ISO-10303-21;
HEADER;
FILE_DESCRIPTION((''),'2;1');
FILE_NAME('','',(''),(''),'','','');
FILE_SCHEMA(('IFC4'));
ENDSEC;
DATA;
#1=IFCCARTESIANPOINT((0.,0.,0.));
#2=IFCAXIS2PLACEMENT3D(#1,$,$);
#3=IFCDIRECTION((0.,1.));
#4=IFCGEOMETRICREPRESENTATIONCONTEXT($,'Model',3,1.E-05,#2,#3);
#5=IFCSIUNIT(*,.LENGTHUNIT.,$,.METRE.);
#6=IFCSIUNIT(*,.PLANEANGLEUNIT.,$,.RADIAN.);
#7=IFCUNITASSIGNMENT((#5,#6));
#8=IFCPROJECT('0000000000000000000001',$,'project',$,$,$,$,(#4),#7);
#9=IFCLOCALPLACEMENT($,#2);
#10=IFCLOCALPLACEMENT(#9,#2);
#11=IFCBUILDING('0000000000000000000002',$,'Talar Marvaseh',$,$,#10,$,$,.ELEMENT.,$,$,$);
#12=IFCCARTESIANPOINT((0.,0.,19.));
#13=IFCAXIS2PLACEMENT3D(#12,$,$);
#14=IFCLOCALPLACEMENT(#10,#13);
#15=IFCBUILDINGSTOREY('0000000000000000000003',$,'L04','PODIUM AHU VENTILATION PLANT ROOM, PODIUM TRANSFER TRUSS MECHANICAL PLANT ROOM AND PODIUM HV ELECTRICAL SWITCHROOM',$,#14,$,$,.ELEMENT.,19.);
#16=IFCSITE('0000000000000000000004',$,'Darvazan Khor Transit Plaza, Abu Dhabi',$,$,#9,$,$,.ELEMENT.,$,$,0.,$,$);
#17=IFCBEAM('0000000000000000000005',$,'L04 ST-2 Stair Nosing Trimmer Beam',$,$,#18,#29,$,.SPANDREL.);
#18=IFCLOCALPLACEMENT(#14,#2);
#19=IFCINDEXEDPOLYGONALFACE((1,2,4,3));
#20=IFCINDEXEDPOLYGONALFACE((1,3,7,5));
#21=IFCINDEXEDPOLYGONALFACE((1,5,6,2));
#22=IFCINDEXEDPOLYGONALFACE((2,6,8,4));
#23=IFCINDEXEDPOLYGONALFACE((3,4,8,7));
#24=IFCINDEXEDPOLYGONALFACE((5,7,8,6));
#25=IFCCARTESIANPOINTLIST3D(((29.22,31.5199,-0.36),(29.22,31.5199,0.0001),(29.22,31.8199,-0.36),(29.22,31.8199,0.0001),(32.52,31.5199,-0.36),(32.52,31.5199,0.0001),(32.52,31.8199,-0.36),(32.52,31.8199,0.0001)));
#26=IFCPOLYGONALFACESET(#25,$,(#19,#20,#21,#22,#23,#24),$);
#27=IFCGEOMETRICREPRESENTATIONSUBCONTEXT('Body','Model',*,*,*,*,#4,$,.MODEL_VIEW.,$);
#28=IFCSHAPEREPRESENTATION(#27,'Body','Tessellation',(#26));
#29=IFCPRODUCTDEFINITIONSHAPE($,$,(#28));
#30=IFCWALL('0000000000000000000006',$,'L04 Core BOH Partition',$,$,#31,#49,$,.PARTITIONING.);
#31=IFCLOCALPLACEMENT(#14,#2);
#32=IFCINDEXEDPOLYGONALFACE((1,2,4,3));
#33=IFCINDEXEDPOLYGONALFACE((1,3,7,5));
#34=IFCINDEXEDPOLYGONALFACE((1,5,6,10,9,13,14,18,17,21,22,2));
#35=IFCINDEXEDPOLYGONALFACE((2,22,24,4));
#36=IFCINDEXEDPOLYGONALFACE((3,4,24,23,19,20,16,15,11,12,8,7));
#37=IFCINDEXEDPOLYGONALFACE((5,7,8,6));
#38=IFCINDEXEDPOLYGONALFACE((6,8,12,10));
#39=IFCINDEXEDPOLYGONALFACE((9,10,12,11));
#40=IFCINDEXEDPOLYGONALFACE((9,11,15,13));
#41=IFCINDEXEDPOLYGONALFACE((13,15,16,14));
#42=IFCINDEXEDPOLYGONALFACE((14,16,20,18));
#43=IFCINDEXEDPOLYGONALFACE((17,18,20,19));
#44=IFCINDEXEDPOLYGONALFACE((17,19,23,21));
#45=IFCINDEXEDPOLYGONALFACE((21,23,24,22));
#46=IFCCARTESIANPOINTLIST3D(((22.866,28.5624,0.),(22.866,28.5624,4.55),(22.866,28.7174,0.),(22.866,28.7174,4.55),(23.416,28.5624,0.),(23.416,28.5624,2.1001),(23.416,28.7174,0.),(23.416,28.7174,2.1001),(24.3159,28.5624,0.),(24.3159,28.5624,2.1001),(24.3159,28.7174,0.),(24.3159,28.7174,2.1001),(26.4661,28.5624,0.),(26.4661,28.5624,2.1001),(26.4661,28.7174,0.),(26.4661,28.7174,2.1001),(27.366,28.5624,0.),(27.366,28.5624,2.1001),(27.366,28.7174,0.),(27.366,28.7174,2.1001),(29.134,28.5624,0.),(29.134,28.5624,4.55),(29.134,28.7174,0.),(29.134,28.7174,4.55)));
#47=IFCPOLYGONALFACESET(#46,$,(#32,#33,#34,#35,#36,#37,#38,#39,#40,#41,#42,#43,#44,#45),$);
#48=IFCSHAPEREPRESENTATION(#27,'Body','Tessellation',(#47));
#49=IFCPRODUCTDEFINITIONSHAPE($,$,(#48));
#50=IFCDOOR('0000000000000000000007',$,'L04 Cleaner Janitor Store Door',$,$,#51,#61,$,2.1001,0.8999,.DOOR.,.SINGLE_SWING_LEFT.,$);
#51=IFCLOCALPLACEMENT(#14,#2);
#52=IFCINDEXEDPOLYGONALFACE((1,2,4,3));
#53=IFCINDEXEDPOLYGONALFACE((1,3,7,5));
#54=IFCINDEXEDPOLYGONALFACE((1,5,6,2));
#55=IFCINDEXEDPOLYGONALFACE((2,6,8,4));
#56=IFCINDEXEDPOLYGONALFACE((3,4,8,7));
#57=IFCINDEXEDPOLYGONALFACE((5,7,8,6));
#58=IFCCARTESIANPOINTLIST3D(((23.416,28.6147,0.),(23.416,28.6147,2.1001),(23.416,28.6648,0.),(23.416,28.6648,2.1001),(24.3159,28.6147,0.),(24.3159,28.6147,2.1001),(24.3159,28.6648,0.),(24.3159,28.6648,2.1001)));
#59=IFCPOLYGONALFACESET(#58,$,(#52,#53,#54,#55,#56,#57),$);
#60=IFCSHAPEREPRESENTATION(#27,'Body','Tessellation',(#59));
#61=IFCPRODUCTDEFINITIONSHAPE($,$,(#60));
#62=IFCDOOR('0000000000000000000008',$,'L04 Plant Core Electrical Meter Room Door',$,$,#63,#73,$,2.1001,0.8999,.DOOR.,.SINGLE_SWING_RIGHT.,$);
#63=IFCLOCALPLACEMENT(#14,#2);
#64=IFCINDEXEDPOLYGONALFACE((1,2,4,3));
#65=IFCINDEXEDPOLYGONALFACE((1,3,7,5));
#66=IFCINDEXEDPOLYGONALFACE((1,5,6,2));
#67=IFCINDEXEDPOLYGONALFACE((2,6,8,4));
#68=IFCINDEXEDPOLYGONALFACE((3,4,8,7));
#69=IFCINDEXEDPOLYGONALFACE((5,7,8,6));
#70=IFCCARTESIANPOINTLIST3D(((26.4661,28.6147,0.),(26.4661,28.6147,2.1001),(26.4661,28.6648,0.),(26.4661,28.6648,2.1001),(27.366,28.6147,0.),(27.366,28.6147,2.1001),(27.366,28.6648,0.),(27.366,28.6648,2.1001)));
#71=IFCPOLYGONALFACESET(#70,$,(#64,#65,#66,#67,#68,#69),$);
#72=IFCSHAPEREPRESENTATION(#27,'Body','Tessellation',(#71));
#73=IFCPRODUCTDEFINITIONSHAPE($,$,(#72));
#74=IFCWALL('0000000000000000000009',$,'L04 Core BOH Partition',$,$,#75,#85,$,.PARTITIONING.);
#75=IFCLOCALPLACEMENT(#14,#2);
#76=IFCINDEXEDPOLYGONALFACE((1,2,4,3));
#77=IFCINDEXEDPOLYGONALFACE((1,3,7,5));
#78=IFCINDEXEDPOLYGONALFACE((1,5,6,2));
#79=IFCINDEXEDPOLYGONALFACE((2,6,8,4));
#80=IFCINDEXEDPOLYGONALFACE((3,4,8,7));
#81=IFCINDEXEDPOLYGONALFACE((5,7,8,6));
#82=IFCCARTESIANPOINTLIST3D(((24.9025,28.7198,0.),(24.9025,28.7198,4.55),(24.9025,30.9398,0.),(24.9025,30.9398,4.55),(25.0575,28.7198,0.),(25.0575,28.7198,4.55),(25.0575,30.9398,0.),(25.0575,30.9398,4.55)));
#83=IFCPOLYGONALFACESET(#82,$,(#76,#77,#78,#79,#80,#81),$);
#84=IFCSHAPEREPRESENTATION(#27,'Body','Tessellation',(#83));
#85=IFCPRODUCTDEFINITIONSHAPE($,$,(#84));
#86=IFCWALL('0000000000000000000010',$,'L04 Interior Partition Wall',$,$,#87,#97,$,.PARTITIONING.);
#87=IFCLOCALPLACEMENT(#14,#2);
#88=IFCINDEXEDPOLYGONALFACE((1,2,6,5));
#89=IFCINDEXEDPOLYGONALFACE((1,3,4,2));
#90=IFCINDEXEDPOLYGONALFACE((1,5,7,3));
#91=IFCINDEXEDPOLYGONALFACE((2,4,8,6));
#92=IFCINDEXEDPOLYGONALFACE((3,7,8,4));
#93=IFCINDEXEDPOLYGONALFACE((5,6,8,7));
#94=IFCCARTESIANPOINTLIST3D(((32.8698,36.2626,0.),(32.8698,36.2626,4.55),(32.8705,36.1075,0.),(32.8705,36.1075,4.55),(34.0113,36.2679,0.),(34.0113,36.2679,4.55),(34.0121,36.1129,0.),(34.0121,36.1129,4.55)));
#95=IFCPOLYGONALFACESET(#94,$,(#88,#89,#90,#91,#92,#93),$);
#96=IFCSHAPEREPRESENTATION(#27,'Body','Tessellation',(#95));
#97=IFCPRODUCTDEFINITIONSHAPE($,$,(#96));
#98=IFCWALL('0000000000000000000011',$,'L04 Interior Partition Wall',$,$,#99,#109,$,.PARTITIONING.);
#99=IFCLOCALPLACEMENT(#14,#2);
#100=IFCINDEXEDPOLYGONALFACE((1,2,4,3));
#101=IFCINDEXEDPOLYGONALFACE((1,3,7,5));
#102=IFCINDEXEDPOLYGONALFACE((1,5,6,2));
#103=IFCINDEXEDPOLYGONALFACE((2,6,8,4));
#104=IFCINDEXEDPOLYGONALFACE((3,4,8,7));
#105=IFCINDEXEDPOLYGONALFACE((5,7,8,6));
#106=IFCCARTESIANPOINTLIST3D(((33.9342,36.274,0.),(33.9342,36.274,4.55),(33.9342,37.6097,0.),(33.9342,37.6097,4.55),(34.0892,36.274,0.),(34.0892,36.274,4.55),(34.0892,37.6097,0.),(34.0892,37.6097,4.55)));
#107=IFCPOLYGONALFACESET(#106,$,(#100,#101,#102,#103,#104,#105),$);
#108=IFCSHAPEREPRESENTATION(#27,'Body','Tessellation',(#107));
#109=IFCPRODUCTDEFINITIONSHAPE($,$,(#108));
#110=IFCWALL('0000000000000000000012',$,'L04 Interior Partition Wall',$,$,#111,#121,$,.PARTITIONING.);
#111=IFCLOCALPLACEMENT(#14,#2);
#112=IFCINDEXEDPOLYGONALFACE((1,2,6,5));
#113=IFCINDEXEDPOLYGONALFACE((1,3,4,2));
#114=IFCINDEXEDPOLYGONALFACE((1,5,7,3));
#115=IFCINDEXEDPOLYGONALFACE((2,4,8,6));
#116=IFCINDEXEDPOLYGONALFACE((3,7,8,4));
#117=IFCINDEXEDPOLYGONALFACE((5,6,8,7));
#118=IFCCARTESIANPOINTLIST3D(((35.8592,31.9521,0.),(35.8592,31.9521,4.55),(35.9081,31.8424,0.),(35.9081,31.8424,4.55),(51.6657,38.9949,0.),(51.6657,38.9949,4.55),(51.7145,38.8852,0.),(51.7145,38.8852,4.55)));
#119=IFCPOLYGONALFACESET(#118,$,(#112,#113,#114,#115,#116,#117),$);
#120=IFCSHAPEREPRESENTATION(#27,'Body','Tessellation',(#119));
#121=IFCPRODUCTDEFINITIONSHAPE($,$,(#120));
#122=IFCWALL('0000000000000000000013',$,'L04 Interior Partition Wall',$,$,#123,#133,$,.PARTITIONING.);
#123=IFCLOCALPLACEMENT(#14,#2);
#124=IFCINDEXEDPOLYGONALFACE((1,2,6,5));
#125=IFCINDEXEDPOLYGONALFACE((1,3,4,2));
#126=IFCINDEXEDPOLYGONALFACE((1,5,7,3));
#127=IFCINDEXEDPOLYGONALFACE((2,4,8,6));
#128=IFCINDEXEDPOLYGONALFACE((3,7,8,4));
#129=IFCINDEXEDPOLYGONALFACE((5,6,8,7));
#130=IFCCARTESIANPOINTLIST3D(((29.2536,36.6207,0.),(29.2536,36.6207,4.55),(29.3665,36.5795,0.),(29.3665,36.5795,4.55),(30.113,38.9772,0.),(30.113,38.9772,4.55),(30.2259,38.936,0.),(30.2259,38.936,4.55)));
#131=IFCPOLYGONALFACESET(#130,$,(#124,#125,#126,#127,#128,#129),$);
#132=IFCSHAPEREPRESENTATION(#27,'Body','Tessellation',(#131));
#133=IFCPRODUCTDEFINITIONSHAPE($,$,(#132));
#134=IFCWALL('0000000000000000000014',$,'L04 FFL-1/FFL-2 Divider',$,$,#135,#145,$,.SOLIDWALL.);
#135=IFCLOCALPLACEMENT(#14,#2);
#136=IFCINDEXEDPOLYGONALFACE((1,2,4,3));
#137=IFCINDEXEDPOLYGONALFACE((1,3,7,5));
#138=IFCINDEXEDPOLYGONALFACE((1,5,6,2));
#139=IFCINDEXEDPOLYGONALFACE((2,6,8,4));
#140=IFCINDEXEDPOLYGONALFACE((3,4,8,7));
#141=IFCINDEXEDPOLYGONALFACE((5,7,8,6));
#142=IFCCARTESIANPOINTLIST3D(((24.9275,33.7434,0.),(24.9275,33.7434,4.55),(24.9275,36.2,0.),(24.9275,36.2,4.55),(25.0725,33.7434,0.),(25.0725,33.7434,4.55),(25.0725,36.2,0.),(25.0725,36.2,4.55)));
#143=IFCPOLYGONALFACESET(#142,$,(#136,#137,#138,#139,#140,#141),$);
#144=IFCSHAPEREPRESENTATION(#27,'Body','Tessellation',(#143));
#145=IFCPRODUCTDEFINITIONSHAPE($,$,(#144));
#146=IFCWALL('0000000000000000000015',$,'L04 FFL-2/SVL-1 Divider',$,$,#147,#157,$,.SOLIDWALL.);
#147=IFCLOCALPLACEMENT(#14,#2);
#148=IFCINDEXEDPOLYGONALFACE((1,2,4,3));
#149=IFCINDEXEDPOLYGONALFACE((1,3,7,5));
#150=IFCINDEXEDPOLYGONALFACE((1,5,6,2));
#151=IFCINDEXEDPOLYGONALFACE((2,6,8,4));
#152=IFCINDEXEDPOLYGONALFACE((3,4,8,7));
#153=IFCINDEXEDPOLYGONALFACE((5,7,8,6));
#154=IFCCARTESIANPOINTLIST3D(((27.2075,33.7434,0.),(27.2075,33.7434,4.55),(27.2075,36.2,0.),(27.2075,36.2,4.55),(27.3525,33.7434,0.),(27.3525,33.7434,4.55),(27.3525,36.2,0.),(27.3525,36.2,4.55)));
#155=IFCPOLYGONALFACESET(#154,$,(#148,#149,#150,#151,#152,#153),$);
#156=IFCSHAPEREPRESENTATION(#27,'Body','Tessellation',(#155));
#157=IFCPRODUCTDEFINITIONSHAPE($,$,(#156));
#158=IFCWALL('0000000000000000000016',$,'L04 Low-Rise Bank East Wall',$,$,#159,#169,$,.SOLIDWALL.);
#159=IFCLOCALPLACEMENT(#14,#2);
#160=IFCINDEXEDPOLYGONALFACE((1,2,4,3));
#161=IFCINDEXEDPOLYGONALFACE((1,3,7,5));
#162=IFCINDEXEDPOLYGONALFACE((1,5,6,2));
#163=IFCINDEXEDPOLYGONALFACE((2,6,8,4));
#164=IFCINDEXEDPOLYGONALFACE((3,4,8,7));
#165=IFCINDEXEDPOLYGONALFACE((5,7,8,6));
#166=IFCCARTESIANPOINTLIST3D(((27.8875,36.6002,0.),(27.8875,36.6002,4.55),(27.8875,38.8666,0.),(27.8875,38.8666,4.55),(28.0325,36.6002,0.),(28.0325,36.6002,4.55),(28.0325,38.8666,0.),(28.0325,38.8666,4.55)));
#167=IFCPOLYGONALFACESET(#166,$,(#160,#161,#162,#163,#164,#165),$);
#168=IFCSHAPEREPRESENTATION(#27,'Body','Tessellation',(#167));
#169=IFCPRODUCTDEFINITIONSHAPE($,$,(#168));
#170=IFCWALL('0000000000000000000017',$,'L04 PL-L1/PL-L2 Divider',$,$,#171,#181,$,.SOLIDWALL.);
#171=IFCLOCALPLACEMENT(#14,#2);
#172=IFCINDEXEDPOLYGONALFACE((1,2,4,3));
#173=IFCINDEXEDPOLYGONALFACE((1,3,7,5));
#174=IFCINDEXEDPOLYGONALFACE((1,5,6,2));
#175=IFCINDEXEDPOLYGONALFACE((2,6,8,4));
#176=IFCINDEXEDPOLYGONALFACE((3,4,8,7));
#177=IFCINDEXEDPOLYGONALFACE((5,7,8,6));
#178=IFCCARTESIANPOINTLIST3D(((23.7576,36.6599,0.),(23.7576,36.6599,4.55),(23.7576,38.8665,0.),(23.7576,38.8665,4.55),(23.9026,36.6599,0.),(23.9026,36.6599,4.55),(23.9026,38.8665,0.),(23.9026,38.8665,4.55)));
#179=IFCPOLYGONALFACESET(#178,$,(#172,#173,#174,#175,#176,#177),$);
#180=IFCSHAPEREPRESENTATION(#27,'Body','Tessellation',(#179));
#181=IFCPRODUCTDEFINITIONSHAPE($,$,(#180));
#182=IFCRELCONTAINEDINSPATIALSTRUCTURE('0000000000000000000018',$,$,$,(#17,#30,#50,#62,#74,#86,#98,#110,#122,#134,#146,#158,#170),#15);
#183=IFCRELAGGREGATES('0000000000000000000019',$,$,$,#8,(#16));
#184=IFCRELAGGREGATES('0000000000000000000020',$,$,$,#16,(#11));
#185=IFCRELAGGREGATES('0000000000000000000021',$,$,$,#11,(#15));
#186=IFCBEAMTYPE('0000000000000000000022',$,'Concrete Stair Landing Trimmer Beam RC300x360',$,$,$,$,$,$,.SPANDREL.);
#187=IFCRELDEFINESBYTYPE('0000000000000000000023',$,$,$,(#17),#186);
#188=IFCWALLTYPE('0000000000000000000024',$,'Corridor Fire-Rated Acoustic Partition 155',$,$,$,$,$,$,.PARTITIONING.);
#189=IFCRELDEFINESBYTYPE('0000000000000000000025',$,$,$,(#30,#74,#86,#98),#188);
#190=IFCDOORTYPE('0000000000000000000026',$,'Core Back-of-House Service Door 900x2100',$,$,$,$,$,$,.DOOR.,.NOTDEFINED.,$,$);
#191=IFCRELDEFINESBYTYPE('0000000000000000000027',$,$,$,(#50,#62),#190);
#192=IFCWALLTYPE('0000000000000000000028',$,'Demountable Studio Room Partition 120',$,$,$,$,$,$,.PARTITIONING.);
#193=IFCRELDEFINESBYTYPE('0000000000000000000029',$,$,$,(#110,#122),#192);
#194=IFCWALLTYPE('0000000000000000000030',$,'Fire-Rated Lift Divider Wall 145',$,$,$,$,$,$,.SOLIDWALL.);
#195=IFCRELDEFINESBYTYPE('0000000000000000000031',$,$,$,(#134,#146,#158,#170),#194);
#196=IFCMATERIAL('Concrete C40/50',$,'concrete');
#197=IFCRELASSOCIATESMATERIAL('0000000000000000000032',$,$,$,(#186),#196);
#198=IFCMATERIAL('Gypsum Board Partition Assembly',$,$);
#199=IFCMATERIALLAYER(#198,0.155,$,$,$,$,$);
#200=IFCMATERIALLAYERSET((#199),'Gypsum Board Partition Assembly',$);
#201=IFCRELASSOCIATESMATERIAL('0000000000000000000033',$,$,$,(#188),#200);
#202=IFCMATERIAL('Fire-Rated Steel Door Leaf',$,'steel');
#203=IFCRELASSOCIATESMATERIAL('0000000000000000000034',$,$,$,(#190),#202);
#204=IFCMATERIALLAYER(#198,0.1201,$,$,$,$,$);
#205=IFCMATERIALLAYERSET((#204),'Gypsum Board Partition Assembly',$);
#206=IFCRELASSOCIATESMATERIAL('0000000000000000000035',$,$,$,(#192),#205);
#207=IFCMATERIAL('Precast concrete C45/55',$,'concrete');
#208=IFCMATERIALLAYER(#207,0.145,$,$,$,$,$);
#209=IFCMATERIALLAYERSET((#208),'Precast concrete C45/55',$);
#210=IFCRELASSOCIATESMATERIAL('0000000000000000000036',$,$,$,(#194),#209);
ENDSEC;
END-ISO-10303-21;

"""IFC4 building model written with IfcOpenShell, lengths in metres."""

from ifc_helpers import new_model, si_unit, direction, frame, frame_2d, origin, origin_2d, place, context, subcontext, project, spatial, rectangle, extrude, source, transform, mapped, material, layer, layer_set, material_profile, profile_set, type_object, type_shapes, element, fill, save


model = new_model("IFC4")

# Units and contexts
model_context = context("Model", 3, precision=1e-05, world=origin(), true_north=direction((0.0, 1.0)))
body_context = subcontext(model_context, "Body", "Model", "MODEL_VIEW")
ifc_project = project(units=[si_unit("LENGTHUNIT", "METRE"), si_unit("PLANEANGLEUNIT", "RADIAN")], contexts=[model_context])

# Site, building, storey
site_placement = place(None, origin())
site = spatial("IfcSite", under=ifc_project, at=site_placement, Name="Darvazan Khor Transit Plaza, Abu Dhabi", CompositionType="ELEMENT", RefElevation=0.0)
building_placement = place(site_placement, origin())
building = spatial("IfcBuilding", under=site, at=building_placement, Name="Talar Marvaseh", CompositionType="ELEMENT")
storey_placement = place(building_placement, frame((0.0, 0.0, 19.0)))
storey = spatial("IfcBuildingStorey", under=building, at=storey_placement, Name="L04", Description="PODIUM AHU VENTILATION PLANT ROOM, PODIUM TRANSFER TRUSS MECHANICAL PLANT ROOM AND PODIUM HV ELECTRICAL SWITCHROOM", CompositionType="ELEMENT", Elevation=19.0)

# Beam
ifc_material_1 = material(Name="Concrete C40/50", Category="concrete")
ifc_material_profile = material_profile(ifc_material_1, rectangle(XDim=0.3, YDim=0.3601, at=origin_2d()), Name="RC300x360")
ifc_profile_set = profile_set([ifc_material_profile], Name="Concrete C40/50")
beam_type = type_object("IfcBeamType", Name="Concrete Stair Landing Trimmer Beam RC300x360", PredefinedType="SPANDREL", material=ifc_profile_set)
beam_placement = place(storey_placement, frame((29.22, 31.6699, -0.1799), z_axis=(1.0, 0.0, 0.0), x_axis=(0.0, 1.0, 0.0)))
element("IfcBeam", 1, at=beam_placement, inside=storey, type_object=beam_type, Name="L04 ST-2 Stair Nosing Trimmer Beam", PredefinedType="SPANDREL", context=body_context, shape_type="SweptSolid", body=[
    extrude(rectangle(XDim=0.3, YDim=0.3601, at=origin_2d()), origin(), (0.0, 0.0, 1.0), 3.3),
])

# Wall, openings, doors
ifc_material_2 = material(Name="Gypsum Board Partition Assembly")
ifc_layer_1 = layer(ifc_material_2, 0.155)
ifc_layer_set_1 = layer_set([ifc_layer_1], Name="Gypsum Board Partition Assembly")
wall_type_1 = type_object("IfcWallType", Name="Corridor Fire-Rated Acoustic Partition 155", PredefinedType="PARTITIONING", material=ifc_layer_set_1)
wall_1_placement = place(storey_placement, frame((22.866, 28.6399, 0.0), z_axis=(0.0, 0.0, 1.0), x_axis=(1.0, 0.0, 0.0)))
wall_1 = element("IfcWall", 2, at=wall_1_placement, inside=storey, type_object=wall_type_1, Name="L04 Core BOH Partition", PredefinedType="PARTITIONING", context=body_context, shape_type="SweptSolid", body=[
    extrude(rectangle(XDim=6.2681, YDim=0.155, at=frame_2d((3.134, 0.0))), origin(), (0.0, 0.0, 1.0), 4.55),
])
opening_1_placement = place(wall_1_placement, frame((0.55, 0.0, 0.0)))
opening_1 = element("IfcOpeningElement", 3, at=opening_1_placement, cuts=wall_1, PredefinedType="OPENING", context=body_context, shape_type="SweptSolid", body=[
    extrude(rectangle(XDim=0.8999, YDim=2.1001, at=frame_2d((0.45, 1.05))), frame((0.0, 0.0874, 0.0), z_axis=(0.0, -1.0, 0.0), x_axis=(1.0, 0.0, 0.0)), (0.0, 0.0, 1.0), 0.175),
])
opening_2_placement = place(wall_1_placement, frame((3.6001, 0.0, 0.0)))
opening_2 = element("IfcOpeningElement", 4, at=opening_2_placement, cuts=wall_1, PredefinedType="OPENING", context=body_context, shape_type="SweptSolid", body=[
    extrude(rectangle(XDim=0.8999, YDim=2.1001, at=frame_2d((0.45, 1.05))), frame((0.0, 0.0874, 0.0), z_axis=(0.0, -1.0, 0.0), x_axis=(1.0, 0.0, 0.0)), (0.0, 0.0, 1.0), 0.175),
])
ifc_material_3 = material(Name="Fire-Rated Steel Door Leaf", Category="steel")
door_type_1 = type_object("IfcDoorType", Name="Core Back-of-House Service Door 900x2100", OperationType="NOTDEFINED", PredefinedType="DOOR", material=ifc_material_3)
shared_shape_1 = source(origin(), body_context, "Body", "SweptSolid", [
    extrude(rectangle(XDim=0.8999, YDim=2.1001, at=frame_2d((0.45, 1.05))), frame((0.0, 0.0249, 0.0), z_axis=(0.0, -1.0, 0.0), x_axis=(1.0, 0.0, 0.0)), (0.0, 0.0, 1.0), 0.05),
])
type_shapes(door_type_1, [shared_shape_1])
door_1_placement = place(opening_1_placement, origin())
door_1 = element("IfcDoor", 5, at=door_1_placement, inside=storey, type_object=door_type_1, Name="L04 Cleaner Janitor Store Door", OperationType="SINGLE_SWING_LEFT", OverallHeight=2.1001, OverallWidth=0.8999, PredefinedType="DOOR", context=body_context, shape_type="MappedRepresentation", body=[
    mapped(shared_shape_1, transform((0.0, 0.0, 0.0), x_axis=(1.0, 0.0, 0.0), y_axis=(0.0, 1.0, 0.0), z_axis=(0.0, 0.0, 1.0), scale=1.0)),
])
fill(opening_1, door_1)
door_2_placement = place(opening_2_placement, origin())
door_2 = element("IfcDoor", 6, at=door_2_placement, inside=storey, type_object=door_type_1, Name="L04 Plant Core Electrical Meter Room Door", OperationType="SINGLE_SWING_RIGHT", OverallHeight=2.1001, OverallWidth=0.8999, PredefinedType="DOOR", context=body_context, shape_type="MappedRepresentation", body=[
    mapped(shared_shape_1, transform((0.0, 0.0, 0.0), x_axis=(1.0, 0.0, 0.0), y_axis=(0.0, 1.0, 0.0), z_axis=(0.0, 0.0, 1.0), scale=1.0)),
])
fill(opening_2, door_2)

# Walls
wall_2_placement = place(storey_placement, frame((24.98, 28.72, 0.0), z_axis=(0.0, 0.0, 1.0), x_axis=(0.0, 1.0, 0.0)))
element("IfcWall", 7, at=wall_2_placement, inside=storey, type_object=wall_type_1, Name="L04 Core BOH Partition", PredefinedType="PARTITIONING", context=body_context, shape_type="SweptSolid", body=[
    extrude(rectangle(XDim=2.22, YDim=0.155, at=frame_2d((1.1099, 0.0))), origin(), (0.0, 0.0, 1.0), 4.55),
])
wall_3_placement = place(storey_placement, frame((32.8701, 36.1851, 0.0), z_axis=(0.0, 0.0, 1.0), x_axis=(0.999989, 0.004705, 0.0)))
element("IfcWall", 8, at=wall_3_placement, inside=storey, type_object=wall_type_1, Name="L04 Interior Partition Wall", PredefinedType="PARTITIONING", context=body_context, shape_type="SweptSolid", body=[
    extrude(rectangle(XDim=1.1416, YDim=0.155, at=frame_2d((0.5708, 0.0))), origin(), (0.0, 0.0, 1.0), 4.55),
])
wall_4_placement = place(storey_placement, frame((34.0117, 36.2739, 0.0), z_axis=(0.0, 0.0, 1.0), x_axis=(0.0, 1.0, 0.0)))
element("IfcWall", 9, at=wall_4_placement, inside=storey, type_object=wall_type_1, Name="L04 Interior Partition Wall", PredefinedType="PARTITIONING", context=body_context, shape_type="SweptSolid", body=[
    extrude(rectangle(XDim=1.3357, YDim=0.155, at=frame_2d((0.668, 0.0))), origin(), (0.0, 0.0, 1.0), 4.55),
])
ifc_layer_2 = layer(ifc_material_2, 0.1201)
ifc_layer_set_2 = layer_set([ifc_layer_2], Name="Gypsum Board Partition Assembly")
wall_type_2 = type_object("IfcWallType", Name="Demountable Studio Room Partition 120", PredefinedType="PARTITIONING", material=ifc_layer_set_2)
wall_5_placement = place(storey_placement, frame((35.8835, 31.8972, 0.0), z_axis=(0.0, 0.0, 1.0), x_axis=(0.913432, 0.40699, 0.0)))
element("IfcWall", 10, at=wall_5_placement, inside=storey, type_object=wall_type_2, Name="L04 Interior Partition Wall", PredefinedType="PARTITIONING", context=body_context, shape_type="SweptSolid", body=[
    extrude(rectangle(XDim=17.3044, YDim=0.1201, at=frame_2d((8.6523, 0.0))), origin(), (0.0, 0.0, 1.0), 4.55),
])
wall_6_placement = place(storey_placement, frame((29.3101, 36.6001, 0.0), z_axis=(0.0, 0.0, 1.0), x_axis=(0.342618, 0.939475, 0.0)))
element("IfcWall", 11, at=wall_6_placement, inside=storey, type_object=wall_type_2, Name="L04 Interior Partition Wall", PredefinedType="PARTITIONING", context=body_context, shape_type="SweptSolid", body=[
    extrude(rectangle(XDim=2.5083, YDim=0.1201, at=frame_2d((1.2542, 0.0))), origin(), (0.0, 0.0, 1.0), 4.55),
])
ifc_material_4 = material(Name="Precast concrete C45/55", Category="concrete")
ifc_layer_3 = layer(ifc_material_4, 0.145)
ifc_layer_set_3 = layer_set([ifc_layer_3], Name="Precast concrete C45/55")
wall_type_3 = type_object("IfcWallType", Name="Fire-Rated Lift Divider Wall 145", PredefinedType="SOLIDWALL", material=ifc_layer_set_3)
for number, where, z_axis, x_axis, name in (
    (12, (25.0, 33.7434, 0.0), (0.0, 0.0, 1.0), (0.0, 1.0, 0.0), "L04 FFL-1/FFL-2 Divider"),
    (13, (27.28, 33.7434, 0.0), (0.0, 0.0, 1.0), (0.0, 1.0, 0.0), "L04 FFL-2/SVL-1 Divider"),
):
    element("IfcWall", number, at=place(storey_placement, frame(where, z_axis=z_axis, x_axis=x_axis)), inside=storey, type_object=wall_type_3, Name=name, PredefinedType="SOLIDWALL", context=body_context, shape_type="SweptSolid", body=[
        extrude(rectangle(XDim=2.4565, YDim=0.145, at=frame_2d((1.2283, 0.0))), origin(), (0.0, 0.0, 1.0), 4.55),
    ])
wall_7_placement = place(storey_placement, frame((27.96, 36.6001, 0.0), z_axis=(0.0, 0.0, 1.0), x_axis=(0.0, 1.0, 0.0)))
element("IfcWall", 14, at=wall_7_placement, inside=storey, type_object=wall_type_3, Name="L04 Low-Rise Bank East Wall", PredefinedType="SOLIDWALL", context=body_context, shape_type="SweptSolid", body=[
    extrude(rectangle(XDim=2.2664, YDim=0.145, at=frame_2d((1.1333, 0.0))), origin(), (0.0, 0.0, 1.0), 4.55),
])
wall_8_placement = place(storey_placement, frame((23.8301, 36.6599, 0.0), z_axis=(0.0, 0.0, 1.0), x_axis=(0.0, 1.0, 0.0)))
element("IfcWall", 15, at=wall_8_placement, inside=storey, type_object=wall_type_3, Name="L04 PL-L1/PL-L2 Divider", PredefinedType="SOLIDWALL", context=body_context, shape_type="SweptSolid", body=[
    extrude(rectangle(XDim=2.2065, YDim=0.145, at=frame_2d((1.1033, 0.0))), origin(), (0.0, 0.0, 1.0), 4.55),
])

save(model, "model.ifc")
